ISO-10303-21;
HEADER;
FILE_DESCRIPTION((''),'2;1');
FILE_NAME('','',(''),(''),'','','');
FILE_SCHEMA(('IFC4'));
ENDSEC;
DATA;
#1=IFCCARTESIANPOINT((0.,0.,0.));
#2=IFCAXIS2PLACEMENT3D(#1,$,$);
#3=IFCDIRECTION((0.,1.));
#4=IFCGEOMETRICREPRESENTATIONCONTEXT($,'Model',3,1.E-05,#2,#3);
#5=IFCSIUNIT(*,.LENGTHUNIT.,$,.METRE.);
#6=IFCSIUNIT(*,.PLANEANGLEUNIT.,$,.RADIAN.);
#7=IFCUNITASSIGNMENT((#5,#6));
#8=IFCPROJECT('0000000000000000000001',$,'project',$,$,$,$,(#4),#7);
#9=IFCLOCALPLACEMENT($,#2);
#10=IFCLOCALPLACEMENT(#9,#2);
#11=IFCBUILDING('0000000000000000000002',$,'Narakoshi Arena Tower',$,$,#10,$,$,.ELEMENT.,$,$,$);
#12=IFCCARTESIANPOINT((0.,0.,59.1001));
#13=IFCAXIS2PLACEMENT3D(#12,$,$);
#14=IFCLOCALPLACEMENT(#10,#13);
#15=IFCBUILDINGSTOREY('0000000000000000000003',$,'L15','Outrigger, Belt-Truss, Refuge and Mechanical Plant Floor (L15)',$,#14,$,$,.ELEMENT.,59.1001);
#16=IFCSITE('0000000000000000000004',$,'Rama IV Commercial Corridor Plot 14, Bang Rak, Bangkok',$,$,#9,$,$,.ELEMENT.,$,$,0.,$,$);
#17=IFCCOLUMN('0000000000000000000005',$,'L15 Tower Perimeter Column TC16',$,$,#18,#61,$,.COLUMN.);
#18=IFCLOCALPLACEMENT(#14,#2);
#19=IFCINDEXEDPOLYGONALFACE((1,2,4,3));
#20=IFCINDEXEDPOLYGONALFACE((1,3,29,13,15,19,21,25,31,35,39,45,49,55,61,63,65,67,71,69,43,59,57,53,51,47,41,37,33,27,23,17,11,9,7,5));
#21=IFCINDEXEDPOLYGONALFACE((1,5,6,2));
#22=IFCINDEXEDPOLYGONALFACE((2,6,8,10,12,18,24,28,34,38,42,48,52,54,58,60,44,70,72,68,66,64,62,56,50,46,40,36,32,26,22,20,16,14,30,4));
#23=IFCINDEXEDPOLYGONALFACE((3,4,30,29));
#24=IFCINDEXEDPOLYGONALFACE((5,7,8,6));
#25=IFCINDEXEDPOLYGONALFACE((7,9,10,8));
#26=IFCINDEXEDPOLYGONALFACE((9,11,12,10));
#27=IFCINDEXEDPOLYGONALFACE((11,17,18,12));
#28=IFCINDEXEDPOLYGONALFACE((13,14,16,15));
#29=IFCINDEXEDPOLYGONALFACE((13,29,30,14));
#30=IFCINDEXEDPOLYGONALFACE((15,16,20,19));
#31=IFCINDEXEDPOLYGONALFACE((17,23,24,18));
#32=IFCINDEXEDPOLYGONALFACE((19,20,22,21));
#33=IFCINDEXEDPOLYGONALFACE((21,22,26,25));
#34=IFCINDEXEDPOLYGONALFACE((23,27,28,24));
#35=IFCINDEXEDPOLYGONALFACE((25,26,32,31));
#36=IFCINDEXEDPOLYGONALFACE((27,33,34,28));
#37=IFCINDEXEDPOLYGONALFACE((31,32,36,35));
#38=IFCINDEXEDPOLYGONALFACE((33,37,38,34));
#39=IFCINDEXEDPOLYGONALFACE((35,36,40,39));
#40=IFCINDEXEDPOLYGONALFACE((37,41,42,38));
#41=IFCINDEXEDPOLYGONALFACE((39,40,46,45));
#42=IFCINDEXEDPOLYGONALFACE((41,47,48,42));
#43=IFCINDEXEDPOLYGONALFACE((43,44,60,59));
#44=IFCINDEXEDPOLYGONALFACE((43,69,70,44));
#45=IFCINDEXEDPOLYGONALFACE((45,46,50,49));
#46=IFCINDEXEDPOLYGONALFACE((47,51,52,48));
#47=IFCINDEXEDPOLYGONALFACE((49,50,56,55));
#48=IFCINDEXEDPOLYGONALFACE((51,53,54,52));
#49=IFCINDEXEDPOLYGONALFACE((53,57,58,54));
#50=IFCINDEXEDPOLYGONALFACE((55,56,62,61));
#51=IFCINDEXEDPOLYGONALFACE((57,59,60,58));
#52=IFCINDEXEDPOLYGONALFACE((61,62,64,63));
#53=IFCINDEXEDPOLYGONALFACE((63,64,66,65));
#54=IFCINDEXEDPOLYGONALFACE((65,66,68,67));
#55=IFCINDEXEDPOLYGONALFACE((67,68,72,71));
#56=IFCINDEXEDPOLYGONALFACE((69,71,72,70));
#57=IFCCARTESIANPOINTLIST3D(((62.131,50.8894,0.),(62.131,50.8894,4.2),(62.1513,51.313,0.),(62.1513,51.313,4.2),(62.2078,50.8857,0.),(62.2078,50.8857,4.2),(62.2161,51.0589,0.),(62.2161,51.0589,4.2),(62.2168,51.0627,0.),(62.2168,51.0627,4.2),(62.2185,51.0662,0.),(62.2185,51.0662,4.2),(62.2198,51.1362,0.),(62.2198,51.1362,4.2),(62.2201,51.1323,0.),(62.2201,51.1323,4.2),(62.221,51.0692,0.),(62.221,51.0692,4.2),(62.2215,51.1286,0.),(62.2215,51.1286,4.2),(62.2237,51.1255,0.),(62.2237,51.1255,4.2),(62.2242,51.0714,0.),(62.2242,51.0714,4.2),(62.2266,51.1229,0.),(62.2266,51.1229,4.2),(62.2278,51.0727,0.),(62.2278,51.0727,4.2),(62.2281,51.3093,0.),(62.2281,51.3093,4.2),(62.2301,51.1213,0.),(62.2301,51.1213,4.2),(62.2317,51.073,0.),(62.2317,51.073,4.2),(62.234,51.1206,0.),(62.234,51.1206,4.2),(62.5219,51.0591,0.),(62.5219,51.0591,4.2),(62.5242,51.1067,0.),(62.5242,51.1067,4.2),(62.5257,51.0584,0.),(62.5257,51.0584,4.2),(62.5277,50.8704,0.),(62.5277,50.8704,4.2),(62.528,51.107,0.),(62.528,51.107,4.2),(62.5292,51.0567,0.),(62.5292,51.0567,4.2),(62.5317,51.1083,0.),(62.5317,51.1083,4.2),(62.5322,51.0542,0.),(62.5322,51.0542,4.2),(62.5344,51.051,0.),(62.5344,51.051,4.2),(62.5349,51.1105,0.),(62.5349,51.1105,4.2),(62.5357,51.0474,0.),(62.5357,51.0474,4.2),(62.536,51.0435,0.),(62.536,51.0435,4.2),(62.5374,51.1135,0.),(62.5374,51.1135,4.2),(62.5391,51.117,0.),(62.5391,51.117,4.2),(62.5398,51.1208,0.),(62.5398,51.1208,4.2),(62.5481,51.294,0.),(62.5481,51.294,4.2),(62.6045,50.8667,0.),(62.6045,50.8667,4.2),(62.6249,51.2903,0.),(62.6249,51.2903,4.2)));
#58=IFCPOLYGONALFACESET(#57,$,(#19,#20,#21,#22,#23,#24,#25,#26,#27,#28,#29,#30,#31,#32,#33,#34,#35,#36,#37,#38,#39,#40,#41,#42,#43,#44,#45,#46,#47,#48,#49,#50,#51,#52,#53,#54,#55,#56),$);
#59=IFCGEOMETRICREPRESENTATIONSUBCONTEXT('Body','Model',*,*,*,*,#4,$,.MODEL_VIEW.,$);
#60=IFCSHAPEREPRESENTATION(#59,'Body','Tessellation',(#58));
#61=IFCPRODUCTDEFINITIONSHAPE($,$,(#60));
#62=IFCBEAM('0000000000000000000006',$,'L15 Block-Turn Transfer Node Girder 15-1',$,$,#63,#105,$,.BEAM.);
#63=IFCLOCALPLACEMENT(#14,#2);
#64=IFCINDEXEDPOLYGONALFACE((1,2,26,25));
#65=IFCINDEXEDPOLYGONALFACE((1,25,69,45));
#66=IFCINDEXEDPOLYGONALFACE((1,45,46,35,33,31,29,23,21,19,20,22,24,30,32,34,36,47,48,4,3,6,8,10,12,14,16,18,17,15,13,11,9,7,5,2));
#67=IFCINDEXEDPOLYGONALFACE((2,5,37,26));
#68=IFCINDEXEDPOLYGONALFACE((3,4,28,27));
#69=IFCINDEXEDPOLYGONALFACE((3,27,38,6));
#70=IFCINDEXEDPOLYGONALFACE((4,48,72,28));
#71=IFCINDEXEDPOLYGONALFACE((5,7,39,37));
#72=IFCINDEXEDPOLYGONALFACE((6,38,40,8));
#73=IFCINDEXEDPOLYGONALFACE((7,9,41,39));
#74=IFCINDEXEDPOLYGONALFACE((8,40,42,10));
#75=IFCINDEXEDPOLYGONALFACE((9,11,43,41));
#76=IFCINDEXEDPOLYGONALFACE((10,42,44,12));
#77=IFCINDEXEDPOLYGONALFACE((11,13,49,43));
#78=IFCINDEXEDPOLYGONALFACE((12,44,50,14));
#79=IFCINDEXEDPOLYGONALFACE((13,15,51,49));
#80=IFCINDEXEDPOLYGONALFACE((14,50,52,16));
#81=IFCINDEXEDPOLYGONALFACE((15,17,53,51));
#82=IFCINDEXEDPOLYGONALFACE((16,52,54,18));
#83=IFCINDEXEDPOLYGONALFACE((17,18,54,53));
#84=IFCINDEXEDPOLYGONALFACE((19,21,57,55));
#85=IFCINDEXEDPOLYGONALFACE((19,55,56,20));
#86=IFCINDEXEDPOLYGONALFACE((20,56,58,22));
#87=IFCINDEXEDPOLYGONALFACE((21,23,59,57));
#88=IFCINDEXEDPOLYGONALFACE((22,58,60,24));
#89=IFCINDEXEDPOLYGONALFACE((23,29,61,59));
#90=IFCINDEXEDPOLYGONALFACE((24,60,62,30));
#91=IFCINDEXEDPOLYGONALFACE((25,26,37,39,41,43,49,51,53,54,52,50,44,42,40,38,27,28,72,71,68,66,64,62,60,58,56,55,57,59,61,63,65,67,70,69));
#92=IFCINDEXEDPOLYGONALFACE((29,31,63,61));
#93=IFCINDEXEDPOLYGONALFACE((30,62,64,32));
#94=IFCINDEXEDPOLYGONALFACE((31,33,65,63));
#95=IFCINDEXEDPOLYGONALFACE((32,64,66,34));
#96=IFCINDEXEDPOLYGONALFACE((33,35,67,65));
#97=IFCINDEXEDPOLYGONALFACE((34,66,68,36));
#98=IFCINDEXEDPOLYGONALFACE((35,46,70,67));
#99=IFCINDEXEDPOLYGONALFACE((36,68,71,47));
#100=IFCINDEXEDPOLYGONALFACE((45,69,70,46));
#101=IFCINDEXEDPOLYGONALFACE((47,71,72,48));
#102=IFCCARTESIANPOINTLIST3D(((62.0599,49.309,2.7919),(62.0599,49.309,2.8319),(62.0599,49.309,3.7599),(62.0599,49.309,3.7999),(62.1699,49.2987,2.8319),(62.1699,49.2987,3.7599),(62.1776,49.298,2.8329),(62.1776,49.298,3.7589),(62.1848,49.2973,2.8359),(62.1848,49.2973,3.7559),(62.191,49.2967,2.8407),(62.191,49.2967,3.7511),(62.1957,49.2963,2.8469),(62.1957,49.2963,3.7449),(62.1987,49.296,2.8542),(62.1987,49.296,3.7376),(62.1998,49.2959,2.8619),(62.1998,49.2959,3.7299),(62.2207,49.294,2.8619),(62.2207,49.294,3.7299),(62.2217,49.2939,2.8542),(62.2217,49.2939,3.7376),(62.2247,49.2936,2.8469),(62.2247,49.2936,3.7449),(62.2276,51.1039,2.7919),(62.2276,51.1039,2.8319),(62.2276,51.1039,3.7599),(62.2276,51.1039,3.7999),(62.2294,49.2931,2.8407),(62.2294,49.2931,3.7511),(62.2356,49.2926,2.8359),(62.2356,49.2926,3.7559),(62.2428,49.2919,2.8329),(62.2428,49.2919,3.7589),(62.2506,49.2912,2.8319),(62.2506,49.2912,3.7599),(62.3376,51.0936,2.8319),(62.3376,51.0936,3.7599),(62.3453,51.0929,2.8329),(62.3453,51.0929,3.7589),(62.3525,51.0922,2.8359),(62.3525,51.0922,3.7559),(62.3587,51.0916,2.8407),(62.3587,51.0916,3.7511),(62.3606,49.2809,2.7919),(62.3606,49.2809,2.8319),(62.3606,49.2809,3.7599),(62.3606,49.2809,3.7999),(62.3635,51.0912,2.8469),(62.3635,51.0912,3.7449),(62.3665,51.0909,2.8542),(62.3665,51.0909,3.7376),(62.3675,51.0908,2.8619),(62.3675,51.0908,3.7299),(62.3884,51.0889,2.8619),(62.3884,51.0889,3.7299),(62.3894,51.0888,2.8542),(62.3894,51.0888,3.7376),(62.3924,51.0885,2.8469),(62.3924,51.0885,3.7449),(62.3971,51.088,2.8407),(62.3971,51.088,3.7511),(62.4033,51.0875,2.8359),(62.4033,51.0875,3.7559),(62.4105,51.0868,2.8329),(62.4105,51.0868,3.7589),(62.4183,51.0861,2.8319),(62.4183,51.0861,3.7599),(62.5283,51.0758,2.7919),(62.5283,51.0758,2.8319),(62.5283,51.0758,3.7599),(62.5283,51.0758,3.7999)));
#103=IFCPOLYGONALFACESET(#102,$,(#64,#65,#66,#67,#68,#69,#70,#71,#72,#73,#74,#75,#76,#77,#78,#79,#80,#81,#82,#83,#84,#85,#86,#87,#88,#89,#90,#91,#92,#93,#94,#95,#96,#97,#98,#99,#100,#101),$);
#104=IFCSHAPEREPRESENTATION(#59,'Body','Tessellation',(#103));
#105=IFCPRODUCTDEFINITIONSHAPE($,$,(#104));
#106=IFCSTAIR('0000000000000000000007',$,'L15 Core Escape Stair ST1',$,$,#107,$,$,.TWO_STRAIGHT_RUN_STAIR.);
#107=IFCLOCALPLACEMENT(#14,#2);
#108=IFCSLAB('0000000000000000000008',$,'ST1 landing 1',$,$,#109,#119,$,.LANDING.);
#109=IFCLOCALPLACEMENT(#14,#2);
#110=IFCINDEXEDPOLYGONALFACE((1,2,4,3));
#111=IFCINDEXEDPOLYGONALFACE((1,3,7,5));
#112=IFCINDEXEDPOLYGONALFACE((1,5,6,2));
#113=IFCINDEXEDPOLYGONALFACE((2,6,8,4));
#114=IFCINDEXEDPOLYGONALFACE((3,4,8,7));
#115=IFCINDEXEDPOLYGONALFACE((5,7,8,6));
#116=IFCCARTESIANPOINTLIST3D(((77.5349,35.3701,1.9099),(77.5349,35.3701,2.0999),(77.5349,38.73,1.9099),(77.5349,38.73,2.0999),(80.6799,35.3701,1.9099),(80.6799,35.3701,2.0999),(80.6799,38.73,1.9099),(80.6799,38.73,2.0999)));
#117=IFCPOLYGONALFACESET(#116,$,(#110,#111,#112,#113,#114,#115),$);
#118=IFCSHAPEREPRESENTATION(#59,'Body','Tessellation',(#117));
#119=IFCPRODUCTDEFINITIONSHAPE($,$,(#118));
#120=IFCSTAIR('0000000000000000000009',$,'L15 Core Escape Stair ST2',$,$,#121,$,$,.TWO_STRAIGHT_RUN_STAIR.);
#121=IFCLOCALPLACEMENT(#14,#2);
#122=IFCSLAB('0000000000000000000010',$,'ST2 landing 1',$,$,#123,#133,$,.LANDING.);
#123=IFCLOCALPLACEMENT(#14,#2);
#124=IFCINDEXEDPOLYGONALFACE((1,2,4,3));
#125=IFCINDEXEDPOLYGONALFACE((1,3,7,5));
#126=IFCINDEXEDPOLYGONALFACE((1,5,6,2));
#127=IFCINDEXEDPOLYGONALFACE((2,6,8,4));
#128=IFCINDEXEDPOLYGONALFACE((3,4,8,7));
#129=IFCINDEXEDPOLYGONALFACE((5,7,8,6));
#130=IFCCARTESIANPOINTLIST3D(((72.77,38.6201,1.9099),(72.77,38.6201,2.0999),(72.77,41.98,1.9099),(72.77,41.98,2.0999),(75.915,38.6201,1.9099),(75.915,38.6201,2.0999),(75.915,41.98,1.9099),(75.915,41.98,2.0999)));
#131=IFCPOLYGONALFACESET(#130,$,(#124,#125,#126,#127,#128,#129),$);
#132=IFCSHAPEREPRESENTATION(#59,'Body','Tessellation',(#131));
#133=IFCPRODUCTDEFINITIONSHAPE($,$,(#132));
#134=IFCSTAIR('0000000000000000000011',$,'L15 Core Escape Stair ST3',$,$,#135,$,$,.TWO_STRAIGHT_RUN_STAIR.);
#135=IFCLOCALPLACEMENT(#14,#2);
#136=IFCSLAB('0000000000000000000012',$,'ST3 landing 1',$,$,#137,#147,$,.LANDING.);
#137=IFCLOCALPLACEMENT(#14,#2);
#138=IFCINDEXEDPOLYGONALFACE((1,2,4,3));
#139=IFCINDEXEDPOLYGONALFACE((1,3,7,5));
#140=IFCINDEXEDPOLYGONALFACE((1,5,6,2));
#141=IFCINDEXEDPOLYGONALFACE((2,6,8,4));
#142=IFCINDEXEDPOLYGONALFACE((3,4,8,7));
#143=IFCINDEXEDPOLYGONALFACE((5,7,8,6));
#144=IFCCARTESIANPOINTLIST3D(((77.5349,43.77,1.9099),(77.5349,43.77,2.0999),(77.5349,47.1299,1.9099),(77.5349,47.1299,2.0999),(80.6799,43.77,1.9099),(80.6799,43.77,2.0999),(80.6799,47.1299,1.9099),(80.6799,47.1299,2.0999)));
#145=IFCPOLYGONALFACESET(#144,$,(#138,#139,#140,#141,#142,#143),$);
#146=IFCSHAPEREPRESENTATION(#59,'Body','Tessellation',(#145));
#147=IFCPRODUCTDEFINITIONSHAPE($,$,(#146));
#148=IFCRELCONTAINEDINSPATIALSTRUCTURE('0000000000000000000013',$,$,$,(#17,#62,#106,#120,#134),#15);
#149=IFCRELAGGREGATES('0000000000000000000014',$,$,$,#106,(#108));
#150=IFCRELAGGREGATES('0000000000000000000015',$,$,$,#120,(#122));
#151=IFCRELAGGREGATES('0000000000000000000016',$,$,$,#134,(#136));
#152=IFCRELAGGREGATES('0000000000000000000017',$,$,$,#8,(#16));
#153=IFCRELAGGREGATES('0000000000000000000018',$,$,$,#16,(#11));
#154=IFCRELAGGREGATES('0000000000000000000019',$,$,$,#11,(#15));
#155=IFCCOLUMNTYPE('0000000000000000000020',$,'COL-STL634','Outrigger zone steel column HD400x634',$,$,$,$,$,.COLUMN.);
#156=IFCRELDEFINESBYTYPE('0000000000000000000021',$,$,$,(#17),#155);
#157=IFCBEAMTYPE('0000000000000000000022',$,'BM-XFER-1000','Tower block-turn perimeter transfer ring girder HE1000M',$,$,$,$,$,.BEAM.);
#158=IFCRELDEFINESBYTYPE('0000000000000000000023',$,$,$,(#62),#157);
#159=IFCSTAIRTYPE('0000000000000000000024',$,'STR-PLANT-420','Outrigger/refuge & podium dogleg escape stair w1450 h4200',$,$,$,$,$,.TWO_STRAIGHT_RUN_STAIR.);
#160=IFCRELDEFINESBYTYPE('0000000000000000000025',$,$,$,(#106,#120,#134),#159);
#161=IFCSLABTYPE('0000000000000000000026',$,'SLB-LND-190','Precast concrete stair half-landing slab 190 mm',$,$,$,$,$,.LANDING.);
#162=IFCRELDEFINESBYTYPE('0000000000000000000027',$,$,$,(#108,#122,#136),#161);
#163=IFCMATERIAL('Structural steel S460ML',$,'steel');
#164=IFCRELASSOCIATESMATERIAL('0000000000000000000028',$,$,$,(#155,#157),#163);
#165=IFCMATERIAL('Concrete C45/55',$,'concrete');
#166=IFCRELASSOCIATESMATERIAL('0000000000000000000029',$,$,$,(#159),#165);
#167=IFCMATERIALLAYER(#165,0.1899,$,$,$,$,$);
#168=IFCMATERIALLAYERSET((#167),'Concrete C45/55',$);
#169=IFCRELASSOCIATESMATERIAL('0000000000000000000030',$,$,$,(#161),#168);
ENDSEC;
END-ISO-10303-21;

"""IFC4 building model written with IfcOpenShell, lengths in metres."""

from ifc_helpers import new_model, si_unit, direction, frame, origin, origin_2d, place, context, subcontext, project, spatial, polyline, i_section, outline, extrude, material, layer, layer_set, material_profile, profile_set, type_object, element, aggregate, save


model = new_model("IFC4")

# Units and contexts
model_context = context("Model", 3, precision=1e-05, world=origin(), true_north=direction((0.0, 1.0)))
body_context = subcontext(model_context, "Body", "Model", "MODEL_VIEW")
ifc_project = project(units=[si_unit("LENGTHUNIT", "METRE"), si_unit("PLANEANGLEUNIT", "RADIAN")], contexts=[model_context])

# Site, building, storey
site_placement = place(None, origin())
site = spatial("IfcSite", under=ifc_project, at=site_placement, Name="Rama IV Commercial Corridor Plot 14, Bang Rak, Bangkok", CompositionType="ELEMENT", RefElevation=0.0)
building_placement = place(site_placement, origin())
building = spatial("IfcBuilding", under=site, at=building_placement, Name="Narakoshi Arena Tower", CompositionType="ELEMENT")
storey_placement = place(building_placement, frame((0.0, 0.0, 59.1001)))
storey = spatial("IfcBuildingStorey", under=building, at=storey_placement, Name="L15", Description="Outrigger, Belt-Truss, Refuge and Mechanical Plant Floor (L15)", CompositionType="ELEMENT", Elevation=59.1001)

# Column
ifc_material_1 = material(Name="Structural steel S460ML", Category="steel")
ifc_material_profile_1 = material_profile(ifc_material_1, i_section(OverallWidth=0.4241, OverallDepth=0.4741, WebThickness=0.0476, FlangeThickness=0.0769, FilletRadius=0.0149, at=origin_2d()), Name="HD400x634")
ifc_profile_set_1 = profile_set([ifc_material_profile_1], Name="Structural steel S460ML")
column_type = type_object("IfcColumnType", Name="COL-STL634", Description="Outrigger zone steel column HD400x634", PredefinedType="COLUMN", material=ifc_profile_set_1)
column_placement = place(storey_placement, frame((62.3779, 51.0898, 0.0), z_axis=(0.0, 0.0, 1.0), x_axis=(0.047978, 0.998848, 0.0)))
element("IfcColumn", 1, at=column_placement, inside=storey, type_object=column_type, Name="L15 Tower Perimeter Column TC16", PredefinedType="COLUMN", context=body_context, shape_type="SweptSolid", body=[
    extrude(i_section(OverallWidth=0.4241, OverallDepth=0.4741, WebThickness=0.0476, FlangeThickness=0.0769, FilletRadius=0.0149, at=origin_2d()), origin(), (0.0, 0.0, 1.0), 4.2),
])

# Beam
ifc_material_profile_2 = material_profile(ifc_material_1, i_section(OverallWidth=0.302, OverallDepth=1.0081, WebThickness=0.021, FlangeThickness=0.04, FilletRadius=0.03, at=origin_2d()), Name="HE1000M")
ifc_profile_set_2 = profile_set([ifc_material_profile_2], Name="Structural steel S460ML")
beam_type = type_object("IfcBeamType", Name="BM-XFER-1000", Description="Tower block-turn perimeter transfer ring girder HE1000M", PredefinedType="BEAM", material=ifc_profile_set_2)
beam_placement = place(storey_placement, frame((62.3779, 51.0898, 3.2959), z_axis=(-0.093039, -0.995662, 0.0), x_axis=(0.995662, -0.093039, 0.0)))
element("IfcBeam", 2, at=beam_placement, inside=storey, type_object=beam_type, Name="L15 Block-Turn Transfer Node Girder 15-1", PredefinedType="BEAM", context=body_context, shape_type="SweptSolid", body=[
    extrude(i_section(OverallWidth=0.302, OverallDepth=1.0081, WebThickness=0.021, FlangeThickness=0.04, FilletRadius=0.03, at=origin_2d()), origin(), (0.0, 0.0, 1.0), 1.8027),
])

# Stairs, slabs
ifc_material_2 = material(Name="Concrete C45/55", Category="concrete")
stair_type = type_object("IfcStairType", Name="STR-PLANT-420", Description="Outrigger/refuge & podium dogleg escape stair w1450 h4200", PredefinedType="TWO_STRAIGHT_RUN_STAIR", material=ifc_material_2)
stair_1_placement = place(storey_placement, origin())
stair_1 = element("IfcStair", 3, at=stair_1_placement, inside=storey, type_object=stair_type, Name="L15 Core Escape Stair ST1", PredefinedType="TWO_STRAIGHT_RUN_STAIR")
ifc_layer_1 = layer(ifc_material_2, 0.1899)
ifc_layer_set_1 = layer_set([ifc_layer_1], Name="Concrete C45/55")
slab_type_1 = type_object("IfcSlabType", Name="SLB-LND-190", Description="Precast concrete stair half-landing slab 190 mm", PredefinedType="LANDING", material=ifc_layer_set_1)
slab_1_placement = place(storey_placement, frame((0.0, 0.0, 1.9099)))
slab_1 = element("IfcSlab", 4, at=slab_1_placement, type_object=slab_type_1, Name="ST1 landing 1", PredefinedType="LANDING", context=body_context, shape_type="SweptSolid", body=[
    extrude(outline(polyline([(77.5349, 35.3701), (80.6799, 35.3701), (80.6799, 38.73), (77.5349, 38.73), (77.5349, 35.3701)])), origin(), (0.0, 0.0, 1.0), 0.1899),
])
aggregate(stair_1, [slab_1])
stair_2_placement = place(storey_placement, origin())
stair_2 = element("IfcStair", 5, at=stair_2_placement, inside=storey, type_object=stair_type, Name="L15 Core Escape Stair ST2", PredefinedType="TWO_STRAIGHT_RUN_STAIR")
slab_2_placement = place(storey_placement, frame((0.0, 0.0, 1.9099)))
slab_2 = element("IfcSlab", 6, at=slab_2_placement, type_object=slab_type_1, Name="ST2 landing 1", PredefinedType="LANDING", context=body_context, shape_type="SweptSolid", body=[
    extrude(outline(polyline([(72.77, 38.6201), (75.915, 38.6201), (75.915, 41.98), (72.77, 41.98), (72.77, 38.6201)])), origin(), (0.0, 0.0, 1.0), 0.1899),
])
aggregate(stair_2, [slab_2])
stair_3_placement = place(storey_placement, origin())
stair_3 = element("IfcStair", 7, at=stair_3_placement, inside=storey, type_object=stair_type, Name="L15 Core Escape Stair ST3", PredefinedType="TWO_STRAIGHT_RUN_STAIR")
slab_3_placement = place(storey_placement, frame((0.0, 0.0, 1.9099)))
slab_3 = element("IfcSlab", 8, at=slab_3_placement, type_object=slab_type_1, Name="ST3 landing 1", PredefinedType="LANDING", context=body_context, shape_type="SweptSolid", body=[
    extrude(outline(polyline([(77.5349, 43.77), (80.6799, 43.77), (80.6799, 47.1299), (77.5349, 47.1299), (77.5349, 43.77)])), origin(), (0.0, 0.0, 1.0), 0.1899),
])
aggregate(stair_3, [slab_3])

save(model, "model.ifc")
